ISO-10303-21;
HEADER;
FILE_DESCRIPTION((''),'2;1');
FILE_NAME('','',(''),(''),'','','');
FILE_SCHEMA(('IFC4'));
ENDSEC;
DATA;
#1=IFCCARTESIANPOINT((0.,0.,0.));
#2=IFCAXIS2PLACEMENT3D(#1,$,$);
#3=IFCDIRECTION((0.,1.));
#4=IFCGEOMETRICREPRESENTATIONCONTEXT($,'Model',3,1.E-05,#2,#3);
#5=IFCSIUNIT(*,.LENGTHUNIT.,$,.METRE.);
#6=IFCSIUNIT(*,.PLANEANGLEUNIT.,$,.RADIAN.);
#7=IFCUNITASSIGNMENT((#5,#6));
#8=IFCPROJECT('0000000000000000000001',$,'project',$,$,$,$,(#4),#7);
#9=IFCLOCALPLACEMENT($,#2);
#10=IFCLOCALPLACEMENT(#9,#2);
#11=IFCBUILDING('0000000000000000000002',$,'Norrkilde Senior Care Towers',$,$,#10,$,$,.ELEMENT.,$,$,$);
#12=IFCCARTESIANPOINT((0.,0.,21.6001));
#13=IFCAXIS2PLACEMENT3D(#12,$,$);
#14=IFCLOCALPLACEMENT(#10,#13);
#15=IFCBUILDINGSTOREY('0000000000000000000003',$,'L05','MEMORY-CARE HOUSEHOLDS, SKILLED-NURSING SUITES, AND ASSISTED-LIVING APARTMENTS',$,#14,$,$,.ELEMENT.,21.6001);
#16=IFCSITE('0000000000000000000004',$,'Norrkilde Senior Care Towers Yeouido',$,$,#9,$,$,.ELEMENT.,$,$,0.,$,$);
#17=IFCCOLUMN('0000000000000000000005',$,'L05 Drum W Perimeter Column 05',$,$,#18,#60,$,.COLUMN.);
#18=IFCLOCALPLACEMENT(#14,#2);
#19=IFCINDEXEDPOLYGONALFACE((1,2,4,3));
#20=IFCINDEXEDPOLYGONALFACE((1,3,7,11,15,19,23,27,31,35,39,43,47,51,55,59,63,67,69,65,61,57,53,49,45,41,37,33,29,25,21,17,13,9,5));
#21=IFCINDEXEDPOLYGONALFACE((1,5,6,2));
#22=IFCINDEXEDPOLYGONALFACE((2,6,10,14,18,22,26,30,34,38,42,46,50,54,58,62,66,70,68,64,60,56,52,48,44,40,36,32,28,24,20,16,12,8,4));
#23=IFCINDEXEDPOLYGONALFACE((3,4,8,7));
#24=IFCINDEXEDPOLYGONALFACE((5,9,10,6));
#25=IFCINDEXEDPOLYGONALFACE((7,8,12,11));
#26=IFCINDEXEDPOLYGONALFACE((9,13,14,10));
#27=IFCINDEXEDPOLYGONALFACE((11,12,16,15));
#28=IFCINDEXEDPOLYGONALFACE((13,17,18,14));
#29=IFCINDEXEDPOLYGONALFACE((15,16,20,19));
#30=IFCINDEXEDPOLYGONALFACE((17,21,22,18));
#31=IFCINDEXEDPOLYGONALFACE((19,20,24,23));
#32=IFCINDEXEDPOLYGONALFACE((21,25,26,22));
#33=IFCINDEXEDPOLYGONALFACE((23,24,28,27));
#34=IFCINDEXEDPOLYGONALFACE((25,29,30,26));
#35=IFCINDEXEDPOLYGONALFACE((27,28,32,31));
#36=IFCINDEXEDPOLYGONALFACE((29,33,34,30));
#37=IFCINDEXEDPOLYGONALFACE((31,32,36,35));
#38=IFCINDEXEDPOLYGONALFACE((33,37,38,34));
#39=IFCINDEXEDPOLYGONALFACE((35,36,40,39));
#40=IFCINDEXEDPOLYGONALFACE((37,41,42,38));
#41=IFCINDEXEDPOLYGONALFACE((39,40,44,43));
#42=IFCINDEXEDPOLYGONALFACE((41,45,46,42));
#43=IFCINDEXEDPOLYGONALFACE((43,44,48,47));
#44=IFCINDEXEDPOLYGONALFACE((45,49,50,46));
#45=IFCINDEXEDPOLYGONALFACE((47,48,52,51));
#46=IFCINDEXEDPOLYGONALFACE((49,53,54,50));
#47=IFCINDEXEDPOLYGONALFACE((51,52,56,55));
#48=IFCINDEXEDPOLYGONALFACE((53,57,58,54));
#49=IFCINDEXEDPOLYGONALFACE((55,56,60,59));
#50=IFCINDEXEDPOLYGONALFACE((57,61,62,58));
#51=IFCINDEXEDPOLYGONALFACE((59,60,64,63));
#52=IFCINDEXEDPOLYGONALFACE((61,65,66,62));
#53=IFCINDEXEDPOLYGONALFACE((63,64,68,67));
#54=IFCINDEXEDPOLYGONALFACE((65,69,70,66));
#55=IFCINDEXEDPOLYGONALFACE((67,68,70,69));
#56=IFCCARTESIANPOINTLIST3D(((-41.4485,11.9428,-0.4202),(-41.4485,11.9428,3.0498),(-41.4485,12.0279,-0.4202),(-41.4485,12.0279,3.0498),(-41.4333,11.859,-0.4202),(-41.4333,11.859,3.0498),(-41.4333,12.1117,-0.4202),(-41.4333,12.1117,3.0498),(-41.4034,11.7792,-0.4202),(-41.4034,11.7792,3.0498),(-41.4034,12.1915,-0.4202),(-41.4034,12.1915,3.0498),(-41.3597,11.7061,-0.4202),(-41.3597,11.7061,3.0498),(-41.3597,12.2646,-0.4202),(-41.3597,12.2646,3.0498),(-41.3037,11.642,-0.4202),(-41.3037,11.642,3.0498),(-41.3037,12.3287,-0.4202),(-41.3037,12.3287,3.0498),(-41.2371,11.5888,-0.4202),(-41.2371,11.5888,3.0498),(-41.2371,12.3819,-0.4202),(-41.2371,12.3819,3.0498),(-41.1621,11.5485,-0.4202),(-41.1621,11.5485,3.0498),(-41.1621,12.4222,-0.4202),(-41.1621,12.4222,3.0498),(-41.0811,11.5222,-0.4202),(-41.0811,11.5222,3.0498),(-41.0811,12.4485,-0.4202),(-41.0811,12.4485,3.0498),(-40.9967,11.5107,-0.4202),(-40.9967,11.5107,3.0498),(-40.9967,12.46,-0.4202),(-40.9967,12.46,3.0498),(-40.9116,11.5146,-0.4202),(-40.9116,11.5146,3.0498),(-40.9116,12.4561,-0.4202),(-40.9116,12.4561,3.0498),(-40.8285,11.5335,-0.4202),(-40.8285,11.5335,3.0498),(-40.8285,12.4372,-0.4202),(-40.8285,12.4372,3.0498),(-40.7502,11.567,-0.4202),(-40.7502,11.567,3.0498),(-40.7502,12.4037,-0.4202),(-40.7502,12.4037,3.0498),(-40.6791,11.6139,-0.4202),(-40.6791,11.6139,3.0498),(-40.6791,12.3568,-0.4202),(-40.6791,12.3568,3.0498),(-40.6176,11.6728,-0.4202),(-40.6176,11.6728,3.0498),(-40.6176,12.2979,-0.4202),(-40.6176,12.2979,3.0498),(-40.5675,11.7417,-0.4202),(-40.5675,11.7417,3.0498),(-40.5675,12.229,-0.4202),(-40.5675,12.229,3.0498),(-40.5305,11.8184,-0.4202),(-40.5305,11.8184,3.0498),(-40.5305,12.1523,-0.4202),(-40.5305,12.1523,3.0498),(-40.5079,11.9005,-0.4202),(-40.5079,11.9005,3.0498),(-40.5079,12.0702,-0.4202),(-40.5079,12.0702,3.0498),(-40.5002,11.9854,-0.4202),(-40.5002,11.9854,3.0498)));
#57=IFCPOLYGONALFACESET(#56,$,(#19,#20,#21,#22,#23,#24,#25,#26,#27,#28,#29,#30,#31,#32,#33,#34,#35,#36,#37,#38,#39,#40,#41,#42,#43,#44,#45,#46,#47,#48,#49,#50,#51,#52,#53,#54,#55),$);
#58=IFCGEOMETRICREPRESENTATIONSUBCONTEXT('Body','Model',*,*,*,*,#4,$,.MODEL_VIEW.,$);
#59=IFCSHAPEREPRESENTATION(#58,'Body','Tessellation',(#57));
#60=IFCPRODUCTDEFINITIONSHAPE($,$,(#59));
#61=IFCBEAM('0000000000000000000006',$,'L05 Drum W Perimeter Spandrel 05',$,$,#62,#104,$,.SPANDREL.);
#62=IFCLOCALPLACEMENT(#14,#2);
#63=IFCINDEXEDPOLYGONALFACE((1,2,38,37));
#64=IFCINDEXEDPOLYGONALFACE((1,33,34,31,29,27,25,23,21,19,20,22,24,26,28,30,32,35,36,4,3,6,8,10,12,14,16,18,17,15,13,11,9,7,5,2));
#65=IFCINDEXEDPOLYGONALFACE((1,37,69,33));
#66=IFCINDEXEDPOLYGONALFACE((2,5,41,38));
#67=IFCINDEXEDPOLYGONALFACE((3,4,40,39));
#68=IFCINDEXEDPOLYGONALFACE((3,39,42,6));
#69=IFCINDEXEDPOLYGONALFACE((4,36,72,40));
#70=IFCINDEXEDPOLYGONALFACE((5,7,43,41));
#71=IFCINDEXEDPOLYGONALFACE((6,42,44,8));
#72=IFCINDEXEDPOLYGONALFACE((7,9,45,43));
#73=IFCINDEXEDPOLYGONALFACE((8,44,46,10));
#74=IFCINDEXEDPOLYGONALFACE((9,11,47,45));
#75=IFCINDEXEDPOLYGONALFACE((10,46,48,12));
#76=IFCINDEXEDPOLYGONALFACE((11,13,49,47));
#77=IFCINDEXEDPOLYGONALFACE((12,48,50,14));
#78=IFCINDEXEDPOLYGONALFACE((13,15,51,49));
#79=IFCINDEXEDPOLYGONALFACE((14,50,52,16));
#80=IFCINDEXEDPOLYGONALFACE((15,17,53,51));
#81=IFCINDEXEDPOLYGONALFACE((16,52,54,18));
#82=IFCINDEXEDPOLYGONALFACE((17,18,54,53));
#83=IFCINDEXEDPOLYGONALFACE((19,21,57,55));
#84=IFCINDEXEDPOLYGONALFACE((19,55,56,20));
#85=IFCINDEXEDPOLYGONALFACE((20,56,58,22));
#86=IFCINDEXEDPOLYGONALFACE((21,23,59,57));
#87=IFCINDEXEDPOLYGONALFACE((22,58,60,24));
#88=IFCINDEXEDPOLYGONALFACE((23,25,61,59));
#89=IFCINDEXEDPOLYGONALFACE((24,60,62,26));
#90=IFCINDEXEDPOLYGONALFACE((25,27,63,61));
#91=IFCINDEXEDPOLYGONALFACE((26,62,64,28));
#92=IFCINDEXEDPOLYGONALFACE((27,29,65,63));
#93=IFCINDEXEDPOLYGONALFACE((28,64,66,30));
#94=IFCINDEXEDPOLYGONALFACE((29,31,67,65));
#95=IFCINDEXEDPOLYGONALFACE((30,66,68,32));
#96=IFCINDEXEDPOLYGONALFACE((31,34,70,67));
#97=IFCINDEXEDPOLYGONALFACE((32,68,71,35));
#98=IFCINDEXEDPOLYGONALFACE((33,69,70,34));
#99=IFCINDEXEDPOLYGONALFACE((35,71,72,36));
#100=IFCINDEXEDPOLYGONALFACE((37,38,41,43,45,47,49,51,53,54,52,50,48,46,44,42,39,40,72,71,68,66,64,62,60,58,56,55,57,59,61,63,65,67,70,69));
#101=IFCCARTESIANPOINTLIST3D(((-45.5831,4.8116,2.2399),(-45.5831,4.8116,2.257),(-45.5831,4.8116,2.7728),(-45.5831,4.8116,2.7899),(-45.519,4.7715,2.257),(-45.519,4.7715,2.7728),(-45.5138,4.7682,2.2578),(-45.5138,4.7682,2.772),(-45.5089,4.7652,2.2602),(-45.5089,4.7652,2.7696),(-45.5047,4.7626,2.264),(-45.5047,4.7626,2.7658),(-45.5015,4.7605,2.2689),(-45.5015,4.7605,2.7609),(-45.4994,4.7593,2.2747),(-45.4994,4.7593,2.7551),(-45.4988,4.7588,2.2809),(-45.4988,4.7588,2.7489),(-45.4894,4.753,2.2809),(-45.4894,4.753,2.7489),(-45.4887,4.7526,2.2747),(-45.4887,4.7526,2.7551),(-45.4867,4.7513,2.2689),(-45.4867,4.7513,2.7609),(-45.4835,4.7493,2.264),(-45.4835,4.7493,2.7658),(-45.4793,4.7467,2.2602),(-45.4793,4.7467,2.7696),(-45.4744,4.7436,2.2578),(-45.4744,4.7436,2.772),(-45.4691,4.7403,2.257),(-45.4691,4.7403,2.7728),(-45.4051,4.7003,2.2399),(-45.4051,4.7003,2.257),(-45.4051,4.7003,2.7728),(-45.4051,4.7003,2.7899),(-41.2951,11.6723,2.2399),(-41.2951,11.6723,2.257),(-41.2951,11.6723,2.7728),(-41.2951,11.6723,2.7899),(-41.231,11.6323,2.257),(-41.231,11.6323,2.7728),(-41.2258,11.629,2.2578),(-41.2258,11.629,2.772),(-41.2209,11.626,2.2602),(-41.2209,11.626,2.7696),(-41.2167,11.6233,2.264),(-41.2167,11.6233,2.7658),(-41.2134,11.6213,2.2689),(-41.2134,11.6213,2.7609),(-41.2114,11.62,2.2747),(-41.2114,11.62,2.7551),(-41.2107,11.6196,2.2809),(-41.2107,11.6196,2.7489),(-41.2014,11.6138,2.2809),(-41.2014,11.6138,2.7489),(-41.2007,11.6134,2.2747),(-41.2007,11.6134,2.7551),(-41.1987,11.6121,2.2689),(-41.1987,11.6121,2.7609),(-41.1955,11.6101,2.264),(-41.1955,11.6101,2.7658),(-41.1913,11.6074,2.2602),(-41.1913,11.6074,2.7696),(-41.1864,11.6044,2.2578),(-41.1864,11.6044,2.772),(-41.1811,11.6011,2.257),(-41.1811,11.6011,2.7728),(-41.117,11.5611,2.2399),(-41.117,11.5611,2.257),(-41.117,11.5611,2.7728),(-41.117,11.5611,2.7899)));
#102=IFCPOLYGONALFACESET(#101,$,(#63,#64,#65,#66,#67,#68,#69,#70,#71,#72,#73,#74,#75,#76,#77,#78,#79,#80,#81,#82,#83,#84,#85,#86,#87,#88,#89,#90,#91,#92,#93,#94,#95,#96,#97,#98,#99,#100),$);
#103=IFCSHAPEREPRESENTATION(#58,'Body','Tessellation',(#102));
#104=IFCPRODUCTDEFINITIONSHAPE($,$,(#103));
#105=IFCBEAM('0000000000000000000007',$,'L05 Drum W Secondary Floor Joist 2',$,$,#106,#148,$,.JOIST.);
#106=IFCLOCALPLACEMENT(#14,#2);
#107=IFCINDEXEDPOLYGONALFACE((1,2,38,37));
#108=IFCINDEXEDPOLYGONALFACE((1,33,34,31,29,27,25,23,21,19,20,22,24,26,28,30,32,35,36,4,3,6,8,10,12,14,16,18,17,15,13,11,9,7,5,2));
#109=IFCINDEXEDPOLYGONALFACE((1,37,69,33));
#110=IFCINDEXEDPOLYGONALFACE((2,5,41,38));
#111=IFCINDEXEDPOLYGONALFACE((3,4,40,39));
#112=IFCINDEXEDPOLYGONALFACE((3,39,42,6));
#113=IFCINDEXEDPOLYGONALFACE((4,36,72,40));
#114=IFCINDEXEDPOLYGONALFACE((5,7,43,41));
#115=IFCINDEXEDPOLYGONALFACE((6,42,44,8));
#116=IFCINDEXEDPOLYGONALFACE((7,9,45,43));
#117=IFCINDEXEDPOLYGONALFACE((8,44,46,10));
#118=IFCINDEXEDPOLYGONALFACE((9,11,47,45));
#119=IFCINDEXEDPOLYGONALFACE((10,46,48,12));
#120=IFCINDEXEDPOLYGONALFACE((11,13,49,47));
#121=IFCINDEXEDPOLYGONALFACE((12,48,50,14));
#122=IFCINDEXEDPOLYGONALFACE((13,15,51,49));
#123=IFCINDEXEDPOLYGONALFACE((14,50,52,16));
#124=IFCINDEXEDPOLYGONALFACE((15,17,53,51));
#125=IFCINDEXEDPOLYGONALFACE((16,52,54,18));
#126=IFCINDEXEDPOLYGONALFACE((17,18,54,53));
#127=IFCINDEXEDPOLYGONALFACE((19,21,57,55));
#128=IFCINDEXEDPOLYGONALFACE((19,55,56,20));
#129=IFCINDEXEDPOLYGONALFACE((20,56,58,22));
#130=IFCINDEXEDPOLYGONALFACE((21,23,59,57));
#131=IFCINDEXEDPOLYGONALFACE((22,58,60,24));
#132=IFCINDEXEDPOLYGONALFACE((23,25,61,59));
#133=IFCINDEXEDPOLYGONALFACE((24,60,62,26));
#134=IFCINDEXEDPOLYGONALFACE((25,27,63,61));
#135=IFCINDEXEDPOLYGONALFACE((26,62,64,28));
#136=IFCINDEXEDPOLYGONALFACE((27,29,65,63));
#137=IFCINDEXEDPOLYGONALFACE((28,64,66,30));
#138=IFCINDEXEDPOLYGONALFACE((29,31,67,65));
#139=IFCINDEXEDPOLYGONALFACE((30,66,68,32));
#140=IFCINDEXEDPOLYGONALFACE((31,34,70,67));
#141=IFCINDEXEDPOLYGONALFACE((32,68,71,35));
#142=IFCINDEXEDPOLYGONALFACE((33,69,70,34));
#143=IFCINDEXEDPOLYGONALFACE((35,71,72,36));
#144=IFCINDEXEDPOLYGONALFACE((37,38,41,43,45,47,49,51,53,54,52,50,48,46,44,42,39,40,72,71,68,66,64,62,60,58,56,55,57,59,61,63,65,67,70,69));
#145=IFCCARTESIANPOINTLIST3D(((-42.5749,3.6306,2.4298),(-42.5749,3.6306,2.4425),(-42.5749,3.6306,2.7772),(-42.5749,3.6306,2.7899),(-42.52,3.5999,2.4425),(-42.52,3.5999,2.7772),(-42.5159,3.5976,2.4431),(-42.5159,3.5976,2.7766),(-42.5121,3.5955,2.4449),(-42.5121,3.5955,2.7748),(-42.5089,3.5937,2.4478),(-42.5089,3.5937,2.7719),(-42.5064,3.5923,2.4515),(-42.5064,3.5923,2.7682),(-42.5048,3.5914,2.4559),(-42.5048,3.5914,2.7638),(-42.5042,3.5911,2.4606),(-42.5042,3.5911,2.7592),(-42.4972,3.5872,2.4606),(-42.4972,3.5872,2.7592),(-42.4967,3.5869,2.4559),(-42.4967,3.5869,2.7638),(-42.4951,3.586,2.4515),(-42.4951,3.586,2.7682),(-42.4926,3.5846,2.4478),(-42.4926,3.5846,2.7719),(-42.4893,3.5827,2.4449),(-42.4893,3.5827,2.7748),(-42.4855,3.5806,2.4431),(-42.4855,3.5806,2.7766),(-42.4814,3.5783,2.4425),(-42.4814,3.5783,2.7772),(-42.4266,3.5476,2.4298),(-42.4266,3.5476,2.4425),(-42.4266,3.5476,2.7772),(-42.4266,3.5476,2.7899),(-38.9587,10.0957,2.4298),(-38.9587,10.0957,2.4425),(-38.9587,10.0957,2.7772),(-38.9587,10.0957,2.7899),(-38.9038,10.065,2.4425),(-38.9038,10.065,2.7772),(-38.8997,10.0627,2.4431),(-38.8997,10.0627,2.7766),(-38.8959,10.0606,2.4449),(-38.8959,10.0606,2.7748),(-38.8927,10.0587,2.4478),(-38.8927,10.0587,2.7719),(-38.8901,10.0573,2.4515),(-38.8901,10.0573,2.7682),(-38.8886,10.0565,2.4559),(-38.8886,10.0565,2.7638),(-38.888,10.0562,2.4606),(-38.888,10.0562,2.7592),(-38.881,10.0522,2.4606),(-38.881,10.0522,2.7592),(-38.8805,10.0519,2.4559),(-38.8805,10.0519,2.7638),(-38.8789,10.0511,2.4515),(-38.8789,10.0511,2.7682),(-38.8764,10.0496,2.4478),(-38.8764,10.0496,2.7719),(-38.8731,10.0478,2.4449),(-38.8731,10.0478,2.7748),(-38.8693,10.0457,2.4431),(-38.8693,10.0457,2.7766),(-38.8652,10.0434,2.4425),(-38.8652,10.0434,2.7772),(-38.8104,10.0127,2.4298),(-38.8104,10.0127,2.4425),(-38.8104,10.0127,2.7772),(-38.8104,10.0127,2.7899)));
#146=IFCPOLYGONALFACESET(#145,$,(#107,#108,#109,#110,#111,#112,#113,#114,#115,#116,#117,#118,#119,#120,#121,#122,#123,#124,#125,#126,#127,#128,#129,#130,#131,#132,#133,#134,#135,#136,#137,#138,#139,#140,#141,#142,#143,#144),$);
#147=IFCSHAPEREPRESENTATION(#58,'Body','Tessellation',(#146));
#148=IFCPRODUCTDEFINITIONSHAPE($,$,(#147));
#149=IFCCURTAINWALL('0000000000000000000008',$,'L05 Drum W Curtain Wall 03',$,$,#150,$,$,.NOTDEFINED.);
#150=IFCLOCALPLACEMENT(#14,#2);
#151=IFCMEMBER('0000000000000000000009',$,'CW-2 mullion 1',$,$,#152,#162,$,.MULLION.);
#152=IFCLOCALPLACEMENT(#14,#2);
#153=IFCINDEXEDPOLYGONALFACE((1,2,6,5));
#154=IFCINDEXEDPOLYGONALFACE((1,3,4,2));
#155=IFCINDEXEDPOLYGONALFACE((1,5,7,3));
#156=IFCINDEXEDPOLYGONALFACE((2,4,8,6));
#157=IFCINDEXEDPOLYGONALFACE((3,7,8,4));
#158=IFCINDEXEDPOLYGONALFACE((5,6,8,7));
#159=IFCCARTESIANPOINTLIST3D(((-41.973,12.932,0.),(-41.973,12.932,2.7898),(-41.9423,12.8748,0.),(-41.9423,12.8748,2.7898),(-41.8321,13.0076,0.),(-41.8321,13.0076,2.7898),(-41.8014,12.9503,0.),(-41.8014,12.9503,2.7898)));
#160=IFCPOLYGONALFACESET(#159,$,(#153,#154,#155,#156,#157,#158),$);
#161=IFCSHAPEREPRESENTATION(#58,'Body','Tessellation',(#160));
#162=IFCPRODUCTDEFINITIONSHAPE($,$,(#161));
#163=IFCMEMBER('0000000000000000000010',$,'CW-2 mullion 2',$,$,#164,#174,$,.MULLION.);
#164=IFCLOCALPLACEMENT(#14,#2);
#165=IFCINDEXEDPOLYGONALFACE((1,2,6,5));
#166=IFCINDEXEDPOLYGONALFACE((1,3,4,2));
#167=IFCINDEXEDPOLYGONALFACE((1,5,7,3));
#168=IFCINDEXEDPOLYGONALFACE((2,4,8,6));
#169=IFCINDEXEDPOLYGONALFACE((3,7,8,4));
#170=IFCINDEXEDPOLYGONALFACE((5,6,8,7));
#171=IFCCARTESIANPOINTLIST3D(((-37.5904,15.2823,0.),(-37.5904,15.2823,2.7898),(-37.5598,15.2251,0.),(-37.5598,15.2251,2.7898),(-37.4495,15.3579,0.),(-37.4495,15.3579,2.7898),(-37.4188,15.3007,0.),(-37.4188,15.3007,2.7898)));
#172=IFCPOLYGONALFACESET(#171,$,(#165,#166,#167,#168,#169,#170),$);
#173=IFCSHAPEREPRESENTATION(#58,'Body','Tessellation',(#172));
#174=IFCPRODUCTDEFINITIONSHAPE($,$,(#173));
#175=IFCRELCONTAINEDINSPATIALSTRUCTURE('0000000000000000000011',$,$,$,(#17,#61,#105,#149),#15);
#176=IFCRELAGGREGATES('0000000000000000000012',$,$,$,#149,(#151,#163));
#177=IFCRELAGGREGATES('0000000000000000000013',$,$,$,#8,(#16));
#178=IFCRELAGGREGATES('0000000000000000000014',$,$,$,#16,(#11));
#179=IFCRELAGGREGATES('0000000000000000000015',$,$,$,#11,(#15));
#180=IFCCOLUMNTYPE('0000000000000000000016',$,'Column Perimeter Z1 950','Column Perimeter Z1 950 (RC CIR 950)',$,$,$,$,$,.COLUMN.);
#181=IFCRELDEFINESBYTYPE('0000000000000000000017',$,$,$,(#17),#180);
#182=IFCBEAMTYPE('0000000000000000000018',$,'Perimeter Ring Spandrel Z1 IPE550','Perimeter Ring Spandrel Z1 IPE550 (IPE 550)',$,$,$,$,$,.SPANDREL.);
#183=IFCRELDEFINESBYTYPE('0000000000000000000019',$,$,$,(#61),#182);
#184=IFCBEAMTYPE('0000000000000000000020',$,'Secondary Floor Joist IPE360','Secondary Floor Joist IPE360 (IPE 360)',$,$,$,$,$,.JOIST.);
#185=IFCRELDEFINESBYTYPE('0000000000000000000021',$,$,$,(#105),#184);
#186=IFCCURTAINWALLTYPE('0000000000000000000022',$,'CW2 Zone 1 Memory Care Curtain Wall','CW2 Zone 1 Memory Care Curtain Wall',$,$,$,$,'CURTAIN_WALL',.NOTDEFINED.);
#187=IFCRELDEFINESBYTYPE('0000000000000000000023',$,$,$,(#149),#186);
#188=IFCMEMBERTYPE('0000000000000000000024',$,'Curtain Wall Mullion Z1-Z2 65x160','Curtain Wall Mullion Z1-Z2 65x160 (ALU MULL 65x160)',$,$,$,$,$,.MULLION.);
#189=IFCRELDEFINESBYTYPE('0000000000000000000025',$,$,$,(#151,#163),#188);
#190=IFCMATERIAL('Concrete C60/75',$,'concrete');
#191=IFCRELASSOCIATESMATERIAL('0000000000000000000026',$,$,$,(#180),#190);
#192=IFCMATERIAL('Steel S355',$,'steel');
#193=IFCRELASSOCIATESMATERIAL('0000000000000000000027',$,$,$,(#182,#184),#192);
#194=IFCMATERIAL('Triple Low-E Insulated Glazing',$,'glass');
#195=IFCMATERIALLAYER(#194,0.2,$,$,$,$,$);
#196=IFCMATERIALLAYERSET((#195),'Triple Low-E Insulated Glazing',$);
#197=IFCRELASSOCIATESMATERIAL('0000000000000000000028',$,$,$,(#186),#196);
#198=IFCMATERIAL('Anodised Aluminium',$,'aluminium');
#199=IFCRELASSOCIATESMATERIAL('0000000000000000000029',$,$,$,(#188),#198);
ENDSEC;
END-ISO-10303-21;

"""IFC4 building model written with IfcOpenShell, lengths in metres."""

from ifc_helpers import new_model, si_unit, direction, frame, origin, origin_2d, place, context, subcontext, project, spatial, rectangle, circle, i_section, extrude, source, transform, mapped, material, layer, layer_set, material_profile, profile_set, type_object, type_shapes, element, aggregate, save


model = new_model("IFC4")

# Units and contexts
model_context = context("Model", 3, precision=1e-05, world=origin(), true_north=direction((0.0, 1.0)))
body_context = subcontext(model_context, "Body", "Model", "MODEL_VIEW")
ifc_project = project(units=[si_unit("LENGTHUNIT", "METRE"), si_unit("PLANEANGLEUNIT", "RADIAN")], contexts=[model_context])

# Site, building, storey
site_placement = place(None, origin())
site = spatial("IfcSite", under=ifc_project, at=site_placement, Name="Norrkilde Senior Care Towers Yeouido", CompositionType="ELEMENT", RefElevation=0.0)
building_placement = place(site_placement, origin())
building = spatial("IfcBuilding", under=site, at=building_placement, Name="Norrkilde Senior Care Towers", CompositionType="ELEMENT")
storey_placement = place(building_placement, frame((0.0, 0.0, 21.6001)))
storey = spatial("IfcBuildingStorey", under=building, at=storey_placement, Name="L05", Description="MEMORY-CARE HOUSEHOLDS, SKILLED-NURSING SUITES, AND ASSISTED-LIVING APARTMENTS", CompositionType="ELEMENT", Elevation=21.6001)

# Column
ifc_material_1 = material(Name="Concrete C60/75", Category="concrete")
ifc_material_profile_1 = material_profile(ifc_material_1, circle(Radius=0.4751, at=origin_2d()), Name="RC CIR 950")
ifc_profile_set_1 = profile_set([ifc_material_profile_1], Name="Concrete C60/75")
column_type = type_object("IfcColumnType", Name="Column Perimeter Z1 950", Description="Column Perimeter Z1 950 (RC CIR 950)", PredefinedType="COLUMN", material=ifc_profile_set_1)
shared_shape_1 = source(origin(), body_context, "Body", "SweptSolid", [
    extrude(circle(Radius=0.4751, at=origin_2d()), origin(), (0.0, 0.0, 1.0), 3.47),
])
type_shapes(column_type, [shared_shape_1])
column_placement = place(storey_placement, frame((-40.9753, 11.9854, -0.4202), z_axis=(0.0, 0.0, 1.0), x_axis=(1.0, 0.0, 0.0)))
element("IfcColumn", 1, at=column_placement, inside=storey, type_object=column_type, Name="L05 Drum W Perimeter Column 05", PredefinedType="COLUMN", context=body_context, shape_type="MappedRepresentation", body=[
    mapped(shared_shape_1, transform((0.0, 0.0, 0.0), x_axis=(1.0, 0.0, 0.0), y_axis=(0.0, 1.0, 0.0), z_axis=(0.0, 0.0, 1.0), scale=1.0)),
])

# Beams
ifc_material_2 = material(Name="Steel S355", Category="steel")
ifc_material_profile_2 = material_profile(ifc_material_2, i_section(OverallWidth=0.21, OverallDepth=0.55, WebThickness=0.011, FlangeThickness=0.0171, FilletRadius=0.0239, at=origin_2d()), Name="IPE 550")
ifc_profile_set_2 = profile_set([ifc_material_profile_2], Name="Steel S355")
beam_type_1 = type_object("IfcBeamType", Name="Perimeter Ring Spandrel Z1 IPE550", Description="Perimeter Ring Spandrel Z1 IPE550 (IPE 550)", PredefinedType="SPANDREL", material=ifc_profile_set_2)
shared_shape_2 = source(origin(), body_context, "Body", "SweptSolid", [
    extrude(i_section(OverallWidth=0.21, OverallDepth=0.55, WebThickness=0.011, FlangeThickness=0.0171, FilletRadius=0.0239, at=origin_2d()), origin(), (0.0, 0.0, 1.0), 8.0906),
])
type_shapes(beam_type_1, [shared_shape_2])
beam_1_placement = place(storey_placement, frame((-41.2061, 11.6167, 2.5149), z_axis=(-0.530004, -0.847995, 0.0), x_axis=(0.847995, -0.530004, 0.0)))
element("IfcBeam", 2, at=beam_1_placement, inside=storey, type_object=beam_type_1, Name="L05 Drum W Perimeter Spandrel 05", PredefinedType="SPANDREL", context=body_context, shape_type="MappedRepresentation", body=[
    mapped(shared_shape_2, transform((0.0, 0.0, 0.0), x_axis=(1.0, 0.0, 0.0), y_axis=(0.0, 1.0, 0.0), z_axis=(0.0, 0.0, 1.0), scale=1.0)),
])
ifc_material_profile_3 = material_profile(ifc_material_2, i_section(OverallWidth=0.1699, OverallDepth=0.3601, WebThickness=0.0081, FlangeThickness=0.0127, FilletRadius=0.0181, at=origin_2d()), Name="IPE 360")
ifc_profile_set_3 = profile_set([ifc_material_profile_3], Name="Steel S355")
beam_type_2 = type_object("IfcBeamType", Name="Secondary Floor Joist IPE360", Description="Secondary Floor Joist IPE360 (IPE 360)", PredefinedType="JOIST", material=ifc_profile_set_3)
shared_shape_3 = source(origin(), body_context, "Body", "SweptSolid", [
    extrude(i_section(OverallWidth=0.1699, OverallDepth=0.3601, WebThickness=0.0081, FlangeThickness=0.0127, FilletRadius=0.0181, at=origin_2d()), origin(), (0.0, 0.0, 1.0), 7.4077),
])
type_shapes(beam_type_2, [shared_shape_3])
beam_2_placement = place(storey_placement, frame((-38.8845, 10.0542, 2.6099), z_axis=(-0.488168, -0.87275, 0.0), x_axis=(0.87275, -0.488168, 0.0)))
element("IfcBeam", 3, at=beam_2_placement, inside=storey, type_object=beam_type_2, Name="L05 Drum W Secondary Floor Joist 2", PredefinedType="JOIST", context=body_context, shape_type="MappedRepresentation", body=[
    mapped(shared_shape_3, transform((0.0, 0.0, 0.0), x_axis=(1.0, 0.0, 0.0), y_axis=(0.0, 1.0, 0.0), z_axis=(0.0, 0.0, 1.0), scale=1.0)),
])

# Curtain wall, members
ifc_material_3 = material(Name="Triple Low-E Insulated Glazing", Category="glass")
ifc_layer_1 = layer(ifc_material_3, 0.2)
ifc_layer_set_1 = layer_set([ifc_layer_1], Name="Triple Low-E Insulated Glazing")
curtain_wall_type = type_object("IfcCurtainWallType", Name="CW2 Zone 1 Memory Care Curtain Wall", Description="CW2 Zone 1 Memory Care Curtain Wall", ElementType="CURTAIN_WALL", PredefinedType="NOTDEFINED", material=ifc_layer_set_1)
curtain_wall_1_placement = place(storey_placement, origin())
curtain_wall_1 = element("IfcCurtainWall", 4, at=curtain_wall_1_placement, inside=storey, type_object=curtain_wall_type, Name="L05 Drum W Curtain Wall 03", PredefinedType="NOTDEFINED")
ifc_material_4 = material(Name="Anodised Aluminium", Category="aluminium")
ifc_material_profile_4 = material_profile(ifc_material_4, rectangle(XDim=0.0649, YDim=0.1599, at=origin_2d()), Name="ALU MULL 65x160")
ifc_profile_set_4 = profile_set([ifc_material_profile_4], Name="Anodised Aluminium")
member_type_1 = type_object("IfcMemberType", Name="Curtain Wall Mullion Z1-Z2 65x160", Description="Curtain Wall Mullion Z1-Z2 65x160 (ALU MULL 65x160)", PredefinedType="MULLION", material=ifc_profile_set_4)
shared_shape_4 = source(origin(), body_context, "Body", "SweptSolid", [
    extrude(rectangle(XDim=0.0649, YDim=0.1599, at=origin_2d()), origin(), (0.0, 0.0, 1.0), 2.7898),
])
type_shapes(member_type_1, [shared_shape_4])
member_1_placement = place(storey_placement, frame((-41.8872, 12.9412, 0.0), z_axis=(0.0, 0.0, 1.0), x_axis=(-0.472608, 0.881273, 0.0)))
member_1 = element("IfcMember", 5, at=member_1_placement, type_object=member_type_1, Name="CW-2 mullion 1", PredefinedType="MULLION", context=body_context, shape_type="MappedRepresentation", body=[
    mapped(shared_shape_4, transform((0.0, 0.0, 0.0), x_axis=(1.0, 0.0, 0.0), y_axis=(0.0, 1.0, 0.0), z_axis=(0.0, 0.0, 1.0), scale=1.0)),
])
member_2_placement = place(storey_placement, frame((-37.5046, 15.2915, 0.0), z_axis=(0.0, 0.0, 1.0), x_axis=(-0.472608, 0.881273, 0.0)))
member_2 = element("IfcMember", 6, at=member_2_placement, type_object=member_type_1, Name="CW-2 mullion 2", PredefinedType="MULLION", context=body_context, shape_type="MappedRepresentation", body=[
    mapped(shared_shape_4, transform((0.0, 0.0, 0.0), x_axis=(1.0, 0.0, 0.0), y_axis=(0.0, 1.0, 0.0), z_axis=(0.0, 0.0, 1.0), scale=1.0)),
])

aggregate(curtain_wall_1, [member_1, member_2])

save(model, "model.ifc")
